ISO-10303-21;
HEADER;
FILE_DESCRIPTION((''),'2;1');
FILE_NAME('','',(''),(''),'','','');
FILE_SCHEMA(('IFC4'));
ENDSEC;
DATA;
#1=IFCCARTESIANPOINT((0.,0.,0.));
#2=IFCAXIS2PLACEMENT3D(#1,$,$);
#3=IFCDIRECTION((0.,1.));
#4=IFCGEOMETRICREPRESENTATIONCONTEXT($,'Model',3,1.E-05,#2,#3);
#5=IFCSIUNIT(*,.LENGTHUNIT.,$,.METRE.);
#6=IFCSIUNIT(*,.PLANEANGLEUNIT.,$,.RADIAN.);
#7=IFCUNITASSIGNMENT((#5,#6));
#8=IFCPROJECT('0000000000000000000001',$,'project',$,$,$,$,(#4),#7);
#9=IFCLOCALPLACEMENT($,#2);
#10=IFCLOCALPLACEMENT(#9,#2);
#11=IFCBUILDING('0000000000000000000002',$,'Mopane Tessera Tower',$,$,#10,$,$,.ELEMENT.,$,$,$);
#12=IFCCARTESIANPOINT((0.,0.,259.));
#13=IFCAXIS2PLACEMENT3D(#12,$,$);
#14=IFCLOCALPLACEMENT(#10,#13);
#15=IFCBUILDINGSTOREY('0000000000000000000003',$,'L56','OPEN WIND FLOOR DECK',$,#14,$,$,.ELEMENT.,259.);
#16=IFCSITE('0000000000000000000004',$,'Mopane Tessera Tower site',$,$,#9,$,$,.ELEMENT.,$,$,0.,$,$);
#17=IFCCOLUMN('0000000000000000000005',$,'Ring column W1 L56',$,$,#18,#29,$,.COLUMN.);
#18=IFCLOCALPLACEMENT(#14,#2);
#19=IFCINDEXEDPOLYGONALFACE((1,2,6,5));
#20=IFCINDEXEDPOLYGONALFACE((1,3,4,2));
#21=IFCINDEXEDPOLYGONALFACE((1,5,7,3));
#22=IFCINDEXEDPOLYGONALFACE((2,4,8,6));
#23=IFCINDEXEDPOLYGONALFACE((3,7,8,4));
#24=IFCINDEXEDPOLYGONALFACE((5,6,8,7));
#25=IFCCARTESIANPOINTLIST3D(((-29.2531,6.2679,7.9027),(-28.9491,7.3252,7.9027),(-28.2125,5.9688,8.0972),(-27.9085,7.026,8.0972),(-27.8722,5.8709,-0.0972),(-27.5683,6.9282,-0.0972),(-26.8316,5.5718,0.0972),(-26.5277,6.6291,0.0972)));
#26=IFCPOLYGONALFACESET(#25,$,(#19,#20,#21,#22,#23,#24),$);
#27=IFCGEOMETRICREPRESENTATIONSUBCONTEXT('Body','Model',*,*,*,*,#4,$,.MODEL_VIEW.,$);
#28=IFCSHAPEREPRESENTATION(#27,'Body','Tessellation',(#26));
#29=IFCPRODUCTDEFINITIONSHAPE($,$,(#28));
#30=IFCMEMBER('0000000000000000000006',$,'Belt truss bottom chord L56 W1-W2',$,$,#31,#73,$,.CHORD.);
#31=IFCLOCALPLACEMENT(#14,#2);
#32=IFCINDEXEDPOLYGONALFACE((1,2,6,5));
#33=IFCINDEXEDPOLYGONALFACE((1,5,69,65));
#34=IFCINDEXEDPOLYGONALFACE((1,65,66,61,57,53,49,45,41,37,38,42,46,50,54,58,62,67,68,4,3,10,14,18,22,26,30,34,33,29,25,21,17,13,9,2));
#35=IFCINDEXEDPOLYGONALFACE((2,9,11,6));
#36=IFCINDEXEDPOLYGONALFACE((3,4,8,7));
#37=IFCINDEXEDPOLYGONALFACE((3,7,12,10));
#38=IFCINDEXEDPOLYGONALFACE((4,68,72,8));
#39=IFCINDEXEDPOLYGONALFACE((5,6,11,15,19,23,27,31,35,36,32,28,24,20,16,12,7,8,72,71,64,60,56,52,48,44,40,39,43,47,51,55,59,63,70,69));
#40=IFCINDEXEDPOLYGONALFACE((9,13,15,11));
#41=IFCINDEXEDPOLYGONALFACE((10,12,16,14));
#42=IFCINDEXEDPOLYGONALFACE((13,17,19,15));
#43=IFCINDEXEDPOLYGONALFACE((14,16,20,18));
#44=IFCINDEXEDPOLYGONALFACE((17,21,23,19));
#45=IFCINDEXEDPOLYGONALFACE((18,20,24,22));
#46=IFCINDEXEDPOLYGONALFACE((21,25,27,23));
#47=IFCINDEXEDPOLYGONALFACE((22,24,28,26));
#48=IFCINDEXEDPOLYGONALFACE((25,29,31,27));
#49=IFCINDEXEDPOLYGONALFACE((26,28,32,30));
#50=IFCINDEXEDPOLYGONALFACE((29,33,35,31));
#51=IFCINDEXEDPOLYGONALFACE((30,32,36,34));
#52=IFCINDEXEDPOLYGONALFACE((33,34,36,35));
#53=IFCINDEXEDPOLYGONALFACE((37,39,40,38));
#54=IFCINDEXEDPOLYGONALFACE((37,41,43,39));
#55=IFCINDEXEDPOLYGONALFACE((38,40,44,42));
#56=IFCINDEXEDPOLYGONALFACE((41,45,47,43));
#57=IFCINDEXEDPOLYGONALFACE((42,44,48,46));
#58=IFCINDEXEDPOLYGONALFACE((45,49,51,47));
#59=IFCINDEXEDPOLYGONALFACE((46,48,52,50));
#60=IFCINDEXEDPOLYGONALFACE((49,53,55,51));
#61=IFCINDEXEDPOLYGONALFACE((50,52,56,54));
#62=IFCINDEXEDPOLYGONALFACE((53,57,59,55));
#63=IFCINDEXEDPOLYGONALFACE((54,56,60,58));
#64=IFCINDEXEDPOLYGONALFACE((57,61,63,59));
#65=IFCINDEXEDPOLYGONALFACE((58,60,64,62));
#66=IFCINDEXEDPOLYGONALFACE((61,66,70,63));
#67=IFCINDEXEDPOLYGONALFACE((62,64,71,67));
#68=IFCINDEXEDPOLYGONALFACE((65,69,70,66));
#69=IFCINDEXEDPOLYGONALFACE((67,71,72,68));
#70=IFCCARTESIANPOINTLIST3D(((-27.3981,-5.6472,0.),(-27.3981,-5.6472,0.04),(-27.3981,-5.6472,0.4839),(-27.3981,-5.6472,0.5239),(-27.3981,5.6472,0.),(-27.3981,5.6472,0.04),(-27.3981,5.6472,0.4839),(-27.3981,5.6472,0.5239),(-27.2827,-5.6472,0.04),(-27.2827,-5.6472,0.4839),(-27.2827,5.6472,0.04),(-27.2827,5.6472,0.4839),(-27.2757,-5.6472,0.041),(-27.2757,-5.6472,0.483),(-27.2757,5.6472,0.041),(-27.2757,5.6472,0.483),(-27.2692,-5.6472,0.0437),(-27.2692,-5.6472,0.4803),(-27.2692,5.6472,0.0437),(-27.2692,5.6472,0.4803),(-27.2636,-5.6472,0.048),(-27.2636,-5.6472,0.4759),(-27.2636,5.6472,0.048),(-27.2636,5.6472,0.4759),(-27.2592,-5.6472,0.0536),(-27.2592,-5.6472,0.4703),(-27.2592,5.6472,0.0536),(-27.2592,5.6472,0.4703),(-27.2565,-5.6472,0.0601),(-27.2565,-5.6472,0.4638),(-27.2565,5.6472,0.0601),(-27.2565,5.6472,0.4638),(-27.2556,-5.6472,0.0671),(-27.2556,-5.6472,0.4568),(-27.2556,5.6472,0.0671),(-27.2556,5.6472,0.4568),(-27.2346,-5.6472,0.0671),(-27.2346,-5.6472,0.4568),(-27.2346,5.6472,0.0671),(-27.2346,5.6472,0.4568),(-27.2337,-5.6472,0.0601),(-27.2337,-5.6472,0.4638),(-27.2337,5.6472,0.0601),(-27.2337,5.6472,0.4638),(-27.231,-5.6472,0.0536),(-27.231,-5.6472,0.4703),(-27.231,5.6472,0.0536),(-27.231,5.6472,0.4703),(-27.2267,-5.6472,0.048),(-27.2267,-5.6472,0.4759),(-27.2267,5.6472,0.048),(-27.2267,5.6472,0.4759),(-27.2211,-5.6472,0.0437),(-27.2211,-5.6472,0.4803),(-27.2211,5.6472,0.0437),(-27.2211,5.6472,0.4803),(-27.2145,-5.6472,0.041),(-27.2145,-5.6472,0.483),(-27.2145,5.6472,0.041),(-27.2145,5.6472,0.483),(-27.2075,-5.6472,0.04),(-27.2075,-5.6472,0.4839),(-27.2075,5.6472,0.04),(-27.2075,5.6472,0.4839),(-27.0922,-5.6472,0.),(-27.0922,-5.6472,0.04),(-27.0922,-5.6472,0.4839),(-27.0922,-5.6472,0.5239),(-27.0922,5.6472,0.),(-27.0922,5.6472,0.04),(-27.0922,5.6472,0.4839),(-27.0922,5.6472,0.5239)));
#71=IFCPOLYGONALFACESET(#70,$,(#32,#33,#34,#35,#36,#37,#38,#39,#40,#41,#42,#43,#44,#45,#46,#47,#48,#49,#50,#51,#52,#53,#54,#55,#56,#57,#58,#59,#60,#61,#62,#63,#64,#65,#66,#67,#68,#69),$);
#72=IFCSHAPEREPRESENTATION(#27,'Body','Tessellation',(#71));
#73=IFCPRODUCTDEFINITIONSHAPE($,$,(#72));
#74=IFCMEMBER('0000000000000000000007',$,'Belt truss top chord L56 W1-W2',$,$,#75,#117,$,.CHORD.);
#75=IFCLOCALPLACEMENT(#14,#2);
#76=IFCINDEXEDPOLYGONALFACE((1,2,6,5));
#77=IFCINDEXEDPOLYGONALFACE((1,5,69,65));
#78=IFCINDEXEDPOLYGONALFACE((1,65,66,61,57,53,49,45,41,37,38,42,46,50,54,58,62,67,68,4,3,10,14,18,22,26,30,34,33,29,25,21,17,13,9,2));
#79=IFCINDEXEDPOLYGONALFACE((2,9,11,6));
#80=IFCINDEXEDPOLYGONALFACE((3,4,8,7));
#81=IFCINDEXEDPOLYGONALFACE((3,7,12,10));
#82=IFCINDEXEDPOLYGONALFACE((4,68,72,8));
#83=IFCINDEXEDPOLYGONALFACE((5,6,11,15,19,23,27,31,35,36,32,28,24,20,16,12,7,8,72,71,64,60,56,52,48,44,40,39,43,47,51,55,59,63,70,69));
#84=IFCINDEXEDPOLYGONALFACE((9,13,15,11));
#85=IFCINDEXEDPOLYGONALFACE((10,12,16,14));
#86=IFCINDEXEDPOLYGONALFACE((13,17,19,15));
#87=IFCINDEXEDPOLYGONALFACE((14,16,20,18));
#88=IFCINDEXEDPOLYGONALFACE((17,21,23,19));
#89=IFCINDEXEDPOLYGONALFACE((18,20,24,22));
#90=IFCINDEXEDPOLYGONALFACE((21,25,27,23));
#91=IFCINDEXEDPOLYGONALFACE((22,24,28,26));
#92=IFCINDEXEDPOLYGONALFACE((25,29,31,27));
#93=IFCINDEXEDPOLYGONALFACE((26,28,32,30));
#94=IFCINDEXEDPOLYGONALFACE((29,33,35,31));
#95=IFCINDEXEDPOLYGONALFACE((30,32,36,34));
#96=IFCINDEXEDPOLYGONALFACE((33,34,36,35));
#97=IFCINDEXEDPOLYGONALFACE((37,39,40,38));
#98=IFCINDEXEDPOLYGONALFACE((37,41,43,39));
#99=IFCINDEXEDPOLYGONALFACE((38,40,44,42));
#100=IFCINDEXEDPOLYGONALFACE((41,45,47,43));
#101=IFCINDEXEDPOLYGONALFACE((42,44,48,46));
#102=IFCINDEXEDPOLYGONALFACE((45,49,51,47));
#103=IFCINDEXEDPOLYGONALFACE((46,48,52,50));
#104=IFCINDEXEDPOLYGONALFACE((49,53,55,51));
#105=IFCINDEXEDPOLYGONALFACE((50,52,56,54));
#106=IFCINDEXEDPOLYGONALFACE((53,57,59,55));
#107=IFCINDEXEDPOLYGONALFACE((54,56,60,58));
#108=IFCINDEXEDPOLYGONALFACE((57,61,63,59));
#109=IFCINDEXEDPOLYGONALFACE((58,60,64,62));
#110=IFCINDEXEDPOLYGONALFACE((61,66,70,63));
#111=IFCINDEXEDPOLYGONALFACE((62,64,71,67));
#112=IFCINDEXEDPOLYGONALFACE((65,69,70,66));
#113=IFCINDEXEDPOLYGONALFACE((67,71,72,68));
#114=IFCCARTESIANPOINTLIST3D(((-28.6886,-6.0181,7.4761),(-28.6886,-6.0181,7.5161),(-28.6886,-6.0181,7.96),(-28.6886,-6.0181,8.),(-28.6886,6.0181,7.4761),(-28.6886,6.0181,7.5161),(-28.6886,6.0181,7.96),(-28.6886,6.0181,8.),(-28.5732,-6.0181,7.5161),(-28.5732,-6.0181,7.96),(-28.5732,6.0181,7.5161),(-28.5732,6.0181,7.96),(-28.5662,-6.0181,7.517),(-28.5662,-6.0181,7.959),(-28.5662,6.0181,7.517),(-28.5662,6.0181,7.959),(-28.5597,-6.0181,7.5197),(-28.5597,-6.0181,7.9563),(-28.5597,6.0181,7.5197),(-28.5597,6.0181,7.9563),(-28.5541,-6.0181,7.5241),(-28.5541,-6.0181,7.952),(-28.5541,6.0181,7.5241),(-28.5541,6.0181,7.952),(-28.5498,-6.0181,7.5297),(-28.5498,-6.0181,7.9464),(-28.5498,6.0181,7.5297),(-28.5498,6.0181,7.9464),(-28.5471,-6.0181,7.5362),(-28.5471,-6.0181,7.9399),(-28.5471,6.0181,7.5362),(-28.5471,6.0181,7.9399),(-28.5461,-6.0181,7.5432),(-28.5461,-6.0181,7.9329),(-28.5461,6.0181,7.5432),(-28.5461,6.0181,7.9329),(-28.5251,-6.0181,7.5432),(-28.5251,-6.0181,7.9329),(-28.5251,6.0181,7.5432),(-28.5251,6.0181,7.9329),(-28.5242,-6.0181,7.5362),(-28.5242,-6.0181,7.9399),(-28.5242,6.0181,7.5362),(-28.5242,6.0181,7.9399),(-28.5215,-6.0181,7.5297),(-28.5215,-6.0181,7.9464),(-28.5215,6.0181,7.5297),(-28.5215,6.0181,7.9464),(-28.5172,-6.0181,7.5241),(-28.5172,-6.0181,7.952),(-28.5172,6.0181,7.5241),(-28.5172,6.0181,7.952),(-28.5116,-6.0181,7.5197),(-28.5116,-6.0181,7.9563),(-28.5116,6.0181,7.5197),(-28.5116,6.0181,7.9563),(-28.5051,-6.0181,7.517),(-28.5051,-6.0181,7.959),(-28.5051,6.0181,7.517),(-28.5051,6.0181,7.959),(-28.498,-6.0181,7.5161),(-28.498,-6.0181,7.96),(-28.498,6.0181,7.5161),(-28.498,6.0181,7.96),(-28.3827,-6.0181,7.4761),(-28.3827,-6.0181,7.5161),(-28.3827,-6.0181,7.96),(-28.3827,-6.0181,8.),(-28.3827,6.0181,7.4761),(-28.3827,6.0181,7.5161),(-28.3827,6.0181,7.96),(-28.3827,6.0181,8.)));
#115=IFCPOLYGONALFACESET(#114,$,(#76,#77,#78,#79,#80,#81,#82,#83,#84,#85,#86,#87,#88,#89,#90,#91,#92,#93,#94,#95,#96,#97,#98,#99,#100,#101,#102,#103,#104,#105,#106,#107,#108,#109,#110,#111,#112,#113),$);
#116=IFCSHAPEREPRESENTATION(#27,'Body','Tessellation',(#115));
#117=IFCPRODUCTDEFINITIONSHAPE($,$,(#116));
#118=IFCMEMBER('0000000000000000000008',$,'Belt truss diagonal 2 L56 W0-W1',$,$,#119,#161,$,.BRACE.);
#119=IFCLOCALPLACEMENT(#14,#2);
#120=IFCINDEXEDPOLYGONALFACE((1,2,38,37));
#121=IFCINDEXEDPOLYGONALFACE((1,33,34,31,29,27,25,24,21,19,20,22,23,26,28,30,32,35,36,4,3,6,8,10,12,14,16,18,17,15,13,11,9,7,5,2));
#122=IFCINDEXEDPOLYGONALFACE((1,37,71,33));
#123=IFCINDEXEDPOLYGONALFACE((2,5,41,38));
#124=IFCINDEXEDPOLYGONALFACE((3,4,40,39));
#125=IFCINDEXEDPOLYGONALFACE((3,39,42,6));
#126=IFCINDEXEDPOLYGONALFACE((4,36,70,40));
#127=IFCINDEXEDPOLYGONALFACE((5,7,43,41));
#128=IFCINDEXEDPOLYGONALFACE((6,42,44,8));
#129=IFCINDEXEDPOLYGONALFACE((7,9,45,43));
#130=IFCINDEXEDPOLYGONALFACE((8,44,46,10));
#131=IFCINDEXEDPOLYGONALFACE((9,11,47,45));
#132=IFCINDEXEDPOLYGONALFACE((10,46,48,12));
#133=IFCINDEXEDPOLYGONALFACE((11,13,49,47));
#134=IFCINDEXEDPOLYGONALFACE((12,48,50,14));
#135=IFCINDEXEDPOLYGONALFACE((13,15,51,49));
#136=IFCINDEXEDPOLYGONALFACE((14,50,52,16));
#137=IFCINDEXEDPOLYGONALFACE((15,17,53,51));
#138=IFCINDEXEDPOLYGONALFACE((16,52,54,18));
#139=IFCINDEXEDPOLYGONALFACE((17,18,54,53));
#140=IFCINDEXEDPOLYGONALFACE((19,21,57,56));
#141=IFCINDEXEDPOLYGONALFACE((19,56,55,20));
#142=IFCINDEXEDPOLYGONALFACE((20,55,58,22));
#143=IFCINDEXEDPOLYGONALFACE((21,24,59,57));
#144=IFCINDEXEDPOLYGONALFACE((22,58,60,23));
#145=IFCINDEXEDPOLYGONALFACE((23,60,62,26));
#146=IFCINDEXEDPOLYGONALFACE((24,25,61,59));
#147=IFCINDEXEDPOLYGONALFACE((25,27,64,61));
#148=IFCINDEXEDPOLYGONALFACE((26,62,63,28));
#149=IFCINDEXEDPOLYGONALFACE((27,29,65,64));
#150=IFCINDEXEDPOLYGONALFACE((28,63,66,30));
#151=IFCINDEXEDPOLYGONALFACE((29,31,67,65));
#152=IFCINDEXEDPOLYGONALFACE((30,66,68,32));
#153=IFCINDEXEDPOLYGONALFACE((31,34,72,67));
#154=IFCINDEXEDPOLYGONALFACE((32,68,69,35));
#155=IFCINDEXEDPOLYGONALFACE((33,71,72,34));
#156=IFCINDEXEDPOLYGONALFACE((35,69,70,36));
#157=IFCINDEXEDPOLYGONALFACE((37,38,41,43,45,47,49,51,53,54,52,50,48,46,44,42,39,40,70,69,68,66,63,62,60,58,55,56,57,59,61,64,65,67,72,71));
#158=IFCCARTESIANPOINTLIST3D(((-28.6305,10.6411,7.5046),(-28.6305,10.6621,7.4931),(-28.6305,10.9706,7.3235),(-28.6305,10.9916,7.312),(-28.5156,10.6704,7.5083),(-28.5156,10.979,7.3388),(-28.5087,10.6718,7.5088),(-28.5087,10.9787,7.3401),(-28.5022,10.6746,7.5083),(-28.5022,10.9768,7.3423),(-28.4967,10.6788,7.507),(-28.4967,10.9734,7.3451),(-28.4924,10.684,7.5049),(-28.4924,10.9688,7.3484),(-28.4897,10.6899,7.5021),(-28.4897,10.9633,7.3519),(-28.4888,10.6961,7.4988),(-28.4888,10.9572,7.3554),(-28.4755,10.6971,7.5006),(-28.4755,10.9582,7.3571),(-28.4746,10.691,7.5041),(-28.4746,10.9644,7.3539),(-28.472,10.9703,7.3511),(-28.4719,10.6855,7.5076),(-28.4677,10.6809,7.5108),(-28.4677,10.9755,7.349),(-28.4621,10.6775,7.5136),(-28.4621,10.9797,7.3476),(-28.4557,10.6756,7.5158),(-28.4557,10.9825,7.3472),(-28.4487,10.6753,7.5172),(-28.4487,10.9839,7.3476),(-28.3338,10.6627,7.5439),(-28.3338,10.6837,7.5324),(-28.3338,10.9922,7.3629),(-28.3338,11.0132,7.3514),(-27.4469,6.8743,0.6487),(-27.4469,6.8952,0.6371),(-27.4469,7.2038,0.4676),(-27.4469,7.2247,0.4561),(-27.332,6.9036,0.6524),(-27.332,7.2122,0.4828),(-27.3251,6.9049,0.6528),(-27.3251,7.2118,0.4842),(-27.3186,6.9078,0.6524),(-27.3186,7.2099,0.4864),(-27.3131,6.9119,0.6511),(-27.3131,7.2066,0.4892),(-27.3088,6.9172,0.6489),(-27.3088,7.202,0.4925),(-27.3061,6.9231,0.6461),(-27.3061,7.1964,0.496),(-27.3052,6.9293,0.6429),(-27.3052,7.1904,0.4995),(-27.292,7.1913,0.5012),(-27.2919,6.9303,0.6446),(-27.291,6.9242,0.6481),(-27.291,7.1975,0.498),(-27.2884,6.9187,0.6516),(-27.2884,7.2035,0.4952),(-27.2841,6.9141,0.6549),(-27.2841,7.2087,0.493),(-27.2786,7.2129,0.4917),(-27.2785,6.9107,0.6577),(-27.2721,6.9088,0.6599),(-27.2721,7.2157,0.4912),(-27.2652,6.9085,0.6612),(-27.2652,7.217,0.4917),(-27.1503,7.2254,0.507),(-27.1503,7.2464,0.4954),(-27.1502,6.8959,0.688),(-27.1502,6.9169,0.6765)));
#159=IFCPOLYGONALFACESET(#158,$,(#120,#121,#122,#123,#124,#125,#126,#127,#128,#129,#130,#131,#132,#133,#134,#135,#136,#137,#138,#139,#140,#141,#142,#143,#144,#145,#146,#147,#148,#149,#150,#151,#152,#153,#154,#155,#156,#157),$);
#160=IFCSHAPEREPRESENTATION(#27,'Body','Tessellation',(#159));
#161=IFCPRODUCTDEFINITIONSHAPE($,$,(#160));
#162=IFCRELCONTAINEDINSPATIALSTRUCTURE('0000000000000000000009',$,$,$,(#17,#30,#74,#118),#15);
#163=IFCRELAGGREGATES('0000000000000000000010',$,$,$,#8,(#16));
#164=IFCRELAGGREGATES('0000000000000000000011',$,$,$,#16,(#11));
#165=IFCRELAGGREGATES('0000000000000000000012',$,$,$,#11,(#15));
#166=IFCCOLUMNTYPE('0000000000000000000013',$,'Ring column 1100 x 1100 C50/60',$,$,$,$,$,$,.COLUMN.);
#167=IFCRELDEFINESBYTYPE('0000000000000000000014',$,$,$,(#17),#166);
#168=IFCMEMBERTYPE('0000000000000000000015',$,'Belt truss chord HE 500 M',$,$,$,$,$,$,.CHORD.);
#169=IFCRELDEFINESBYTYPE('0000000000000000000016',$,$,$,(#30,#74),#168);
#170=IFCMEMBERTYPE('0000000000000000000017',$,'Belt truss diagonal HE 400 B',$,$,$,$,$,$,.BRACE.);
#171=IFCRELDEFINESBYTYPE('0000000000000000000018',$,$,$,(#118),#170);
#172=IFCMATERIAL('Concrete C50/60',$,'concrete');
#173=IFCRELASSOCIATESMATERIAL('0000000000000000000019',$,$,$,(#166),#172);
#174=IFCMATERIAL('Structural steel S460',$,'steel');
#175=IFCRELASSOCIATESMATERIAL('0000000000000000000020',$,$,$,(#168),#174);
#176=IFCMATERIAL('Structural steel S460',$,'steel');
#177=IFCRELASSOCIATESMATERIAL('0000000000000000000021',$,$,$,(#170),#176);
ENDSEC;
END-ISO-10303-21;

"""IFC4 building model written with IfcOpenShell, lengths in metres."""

from ifc_helpers import new_model, si_unit, direction, frame, origin, origin_2d, place, context, subcontext, project, spatial, rectangle, i_section, extrude, material, material_profile, profile_set, type_object, element, save


model = new_model("IFC4")

# Units and contexts
model_context = context("Model", 3, precision=1e-05, world=origin(), true_north=direction((0.0, 1.0)))
body_context = subcontext(model_context, "Body", "Model", "MODEL_VIEW")
ifc_project = project(units=[si_unit("LENGTHUNIT", "METRE"), si_unit("PLANEANGLEUNIT", "RADIAN")], contexts=[model_context])

# Site, building, storey
site_placement = place(None, origin())
site = spatial("IfcSite", under=ifc_project, at=site_placement, Name="Mopane Tessera Tower site", CompositionType="ELEMENT", RefElevation=0.0)
building_placement = place(site_placement, origin())
building = spatial("IfcBuilding", under=site, at=building_placement, Name="Mopane Tessera Tower", CompositionType="ELEMENT")
storey_placement = place(building_placement, frame((0.0, 0.0, 259.0)))
storey = spatial("IfcBuildingStorey", under=building, at=storey_placement, Name="L56", Description="OPEN WIND FLOOR DECK", CompositionType="ELEMENT", Elevation=259.0)

# Column
ifc_material_1 = material(Name="Concrete C50/60", Category="concrete")
ifc_material_profile_1 = material_profile(ifc_material_1, rectangle(XDim=1.1001, YDim=1.1001, at=origin_2d()))
ifc_profile_set_1 = profile_set([ifc_material_profile_1], Name="Concrete C50/60")
column_type = type_object("IfcColumnType", Name="Ring column 1100 x 1100 C50/60", PredefinedType="COLUMN", material=ifc_profile_set_1)
column_placement = place(storey_placement, frame((-27.2, 6.25, 0.0), z_axis=(-0.169889, 0.04884, 0.984252), x_axis=(-0.276292, -0.961074, 0.0)))
element("IfcColumn", 1, at=column_placement, inside=storey, type_object=column_type, Name="Ring column W1 L56", PredefinedType="COLUMN", context=body_context, shape_type="SweptSolid", body=[
    extrude(rectangle(XDim=1.1001, YDim=1.1001, at=origin_2d()), origin(), (0.0, 0.0, 1.0), 8.1279),
])

# Members
ifc_material_2 = material(Name="Structural steel S460", Category="steel")
ifc_material_profile_2 = material_profile(ifc_material_2, i_section(OverallWidth=0.3059, OverallDepth=0.5239, WebThickness=0.021, FlangeThickness=0.04, FilletRadius=0.0271, at=origin_2d()))
ifc_profile_set_2 = profile_set([ifc_material_profile_2], Name="Structural steel S460")
member_type_1 = type_object("IfcMemberType", Name="Belt truss chord HE 500 M", PredefinedType="CHORD", material=ifc_profile_set_2)
member_1_placement = place(storey_placement, frame((-27.2451, 5.6472, 0.262), z_axis=(0.0, -1.0, 0.0), x_axis=(1.0, 0.0, 0.0)))
element("IfcMember", 2, at=member_1_placement, inside=storey, type_object=member_type_1, Name="Belt truss bottom chord L56 W1-W2", PredefinedType="CHORD", context=body_context, shape_type="SweptSolid", body=[
    extrude(i_section(OverallWidth=0.3059, OverallDepth=0.5239, WebThickness=0.021, FlangeThickness=0.04, FilletRadius=0.0271, at=origin_2d()), origin(), (0.0, 0.0, 1.0), 11.2944),
])
member_2_placement = place(storey_placement, frame((-28.5356, 6.0181, 7.738), z_axis=(0.0, -1.0, 0.0), x_axis=(1.0, 0.0, 0.0)))
element("IfcMember", 3, at=member_2_placement, inside=storey, type_object=member_type_1, Name="Belt truss top chord L56 W1-W2", PredefinedType="CHORD", context=body_context, shape_type="SweptSolid", body=[
    extrude(i_section(OverallWidth=0.3059, OverallDepth=0.5239, WebThickness=0.021, FlangeThickness=0.04, FilletRadius=0.0271, at=origin_2d()), origin(), (0.0, 0.0, 1.0), 12.0361),
])
ifc_material_3 = material(Name="Structural steel S460", Category="steel")
ifc_material_profile_3 = material_profile(ifc_material_3, i_section(OverallWidth=0.3, OverallDepth=0.3999, WebThickness=0.0134, FlangeThickness=0.0239, FilletRadius=0.0271, at=origin_2d()))
ifc_profile_set_3 = profile_set([ifc_material_profile_3], Name="Structural steel S460")
member_type_2 = type_object("IfcMemberType", Name="Belt truss diagonal HE 400 B", PredefinedType="BRACE", material=ifc_profile_set_3)
member_3_placement = place(storey_placement, frame((-28.4822, 10.8271, 7.428), z_axis=(0.149601, -0.476114, -0.866565), x_axis=(0.988746, 0.072053, 0.131107)))
element("IfcMember", 4, at=member_3_placement, inside=storey, type_object=member_type_2, Name="Belt truss diagonal 2 L56 W0-W1", PredefinedType="BRACE", context=body_context, shape_type="SweptSolid", body=[
    extrude(i_section(OverallWidth=0.3, OverallDepth=0.3999, WebThickness=0.0134, FlangeThickness=0.0239, FilletRadius=0.0271, at=origin_2d()), origin(), (0.0, 0.0, 1.0), 7.9116),
])

save(model, "model.ifc")
